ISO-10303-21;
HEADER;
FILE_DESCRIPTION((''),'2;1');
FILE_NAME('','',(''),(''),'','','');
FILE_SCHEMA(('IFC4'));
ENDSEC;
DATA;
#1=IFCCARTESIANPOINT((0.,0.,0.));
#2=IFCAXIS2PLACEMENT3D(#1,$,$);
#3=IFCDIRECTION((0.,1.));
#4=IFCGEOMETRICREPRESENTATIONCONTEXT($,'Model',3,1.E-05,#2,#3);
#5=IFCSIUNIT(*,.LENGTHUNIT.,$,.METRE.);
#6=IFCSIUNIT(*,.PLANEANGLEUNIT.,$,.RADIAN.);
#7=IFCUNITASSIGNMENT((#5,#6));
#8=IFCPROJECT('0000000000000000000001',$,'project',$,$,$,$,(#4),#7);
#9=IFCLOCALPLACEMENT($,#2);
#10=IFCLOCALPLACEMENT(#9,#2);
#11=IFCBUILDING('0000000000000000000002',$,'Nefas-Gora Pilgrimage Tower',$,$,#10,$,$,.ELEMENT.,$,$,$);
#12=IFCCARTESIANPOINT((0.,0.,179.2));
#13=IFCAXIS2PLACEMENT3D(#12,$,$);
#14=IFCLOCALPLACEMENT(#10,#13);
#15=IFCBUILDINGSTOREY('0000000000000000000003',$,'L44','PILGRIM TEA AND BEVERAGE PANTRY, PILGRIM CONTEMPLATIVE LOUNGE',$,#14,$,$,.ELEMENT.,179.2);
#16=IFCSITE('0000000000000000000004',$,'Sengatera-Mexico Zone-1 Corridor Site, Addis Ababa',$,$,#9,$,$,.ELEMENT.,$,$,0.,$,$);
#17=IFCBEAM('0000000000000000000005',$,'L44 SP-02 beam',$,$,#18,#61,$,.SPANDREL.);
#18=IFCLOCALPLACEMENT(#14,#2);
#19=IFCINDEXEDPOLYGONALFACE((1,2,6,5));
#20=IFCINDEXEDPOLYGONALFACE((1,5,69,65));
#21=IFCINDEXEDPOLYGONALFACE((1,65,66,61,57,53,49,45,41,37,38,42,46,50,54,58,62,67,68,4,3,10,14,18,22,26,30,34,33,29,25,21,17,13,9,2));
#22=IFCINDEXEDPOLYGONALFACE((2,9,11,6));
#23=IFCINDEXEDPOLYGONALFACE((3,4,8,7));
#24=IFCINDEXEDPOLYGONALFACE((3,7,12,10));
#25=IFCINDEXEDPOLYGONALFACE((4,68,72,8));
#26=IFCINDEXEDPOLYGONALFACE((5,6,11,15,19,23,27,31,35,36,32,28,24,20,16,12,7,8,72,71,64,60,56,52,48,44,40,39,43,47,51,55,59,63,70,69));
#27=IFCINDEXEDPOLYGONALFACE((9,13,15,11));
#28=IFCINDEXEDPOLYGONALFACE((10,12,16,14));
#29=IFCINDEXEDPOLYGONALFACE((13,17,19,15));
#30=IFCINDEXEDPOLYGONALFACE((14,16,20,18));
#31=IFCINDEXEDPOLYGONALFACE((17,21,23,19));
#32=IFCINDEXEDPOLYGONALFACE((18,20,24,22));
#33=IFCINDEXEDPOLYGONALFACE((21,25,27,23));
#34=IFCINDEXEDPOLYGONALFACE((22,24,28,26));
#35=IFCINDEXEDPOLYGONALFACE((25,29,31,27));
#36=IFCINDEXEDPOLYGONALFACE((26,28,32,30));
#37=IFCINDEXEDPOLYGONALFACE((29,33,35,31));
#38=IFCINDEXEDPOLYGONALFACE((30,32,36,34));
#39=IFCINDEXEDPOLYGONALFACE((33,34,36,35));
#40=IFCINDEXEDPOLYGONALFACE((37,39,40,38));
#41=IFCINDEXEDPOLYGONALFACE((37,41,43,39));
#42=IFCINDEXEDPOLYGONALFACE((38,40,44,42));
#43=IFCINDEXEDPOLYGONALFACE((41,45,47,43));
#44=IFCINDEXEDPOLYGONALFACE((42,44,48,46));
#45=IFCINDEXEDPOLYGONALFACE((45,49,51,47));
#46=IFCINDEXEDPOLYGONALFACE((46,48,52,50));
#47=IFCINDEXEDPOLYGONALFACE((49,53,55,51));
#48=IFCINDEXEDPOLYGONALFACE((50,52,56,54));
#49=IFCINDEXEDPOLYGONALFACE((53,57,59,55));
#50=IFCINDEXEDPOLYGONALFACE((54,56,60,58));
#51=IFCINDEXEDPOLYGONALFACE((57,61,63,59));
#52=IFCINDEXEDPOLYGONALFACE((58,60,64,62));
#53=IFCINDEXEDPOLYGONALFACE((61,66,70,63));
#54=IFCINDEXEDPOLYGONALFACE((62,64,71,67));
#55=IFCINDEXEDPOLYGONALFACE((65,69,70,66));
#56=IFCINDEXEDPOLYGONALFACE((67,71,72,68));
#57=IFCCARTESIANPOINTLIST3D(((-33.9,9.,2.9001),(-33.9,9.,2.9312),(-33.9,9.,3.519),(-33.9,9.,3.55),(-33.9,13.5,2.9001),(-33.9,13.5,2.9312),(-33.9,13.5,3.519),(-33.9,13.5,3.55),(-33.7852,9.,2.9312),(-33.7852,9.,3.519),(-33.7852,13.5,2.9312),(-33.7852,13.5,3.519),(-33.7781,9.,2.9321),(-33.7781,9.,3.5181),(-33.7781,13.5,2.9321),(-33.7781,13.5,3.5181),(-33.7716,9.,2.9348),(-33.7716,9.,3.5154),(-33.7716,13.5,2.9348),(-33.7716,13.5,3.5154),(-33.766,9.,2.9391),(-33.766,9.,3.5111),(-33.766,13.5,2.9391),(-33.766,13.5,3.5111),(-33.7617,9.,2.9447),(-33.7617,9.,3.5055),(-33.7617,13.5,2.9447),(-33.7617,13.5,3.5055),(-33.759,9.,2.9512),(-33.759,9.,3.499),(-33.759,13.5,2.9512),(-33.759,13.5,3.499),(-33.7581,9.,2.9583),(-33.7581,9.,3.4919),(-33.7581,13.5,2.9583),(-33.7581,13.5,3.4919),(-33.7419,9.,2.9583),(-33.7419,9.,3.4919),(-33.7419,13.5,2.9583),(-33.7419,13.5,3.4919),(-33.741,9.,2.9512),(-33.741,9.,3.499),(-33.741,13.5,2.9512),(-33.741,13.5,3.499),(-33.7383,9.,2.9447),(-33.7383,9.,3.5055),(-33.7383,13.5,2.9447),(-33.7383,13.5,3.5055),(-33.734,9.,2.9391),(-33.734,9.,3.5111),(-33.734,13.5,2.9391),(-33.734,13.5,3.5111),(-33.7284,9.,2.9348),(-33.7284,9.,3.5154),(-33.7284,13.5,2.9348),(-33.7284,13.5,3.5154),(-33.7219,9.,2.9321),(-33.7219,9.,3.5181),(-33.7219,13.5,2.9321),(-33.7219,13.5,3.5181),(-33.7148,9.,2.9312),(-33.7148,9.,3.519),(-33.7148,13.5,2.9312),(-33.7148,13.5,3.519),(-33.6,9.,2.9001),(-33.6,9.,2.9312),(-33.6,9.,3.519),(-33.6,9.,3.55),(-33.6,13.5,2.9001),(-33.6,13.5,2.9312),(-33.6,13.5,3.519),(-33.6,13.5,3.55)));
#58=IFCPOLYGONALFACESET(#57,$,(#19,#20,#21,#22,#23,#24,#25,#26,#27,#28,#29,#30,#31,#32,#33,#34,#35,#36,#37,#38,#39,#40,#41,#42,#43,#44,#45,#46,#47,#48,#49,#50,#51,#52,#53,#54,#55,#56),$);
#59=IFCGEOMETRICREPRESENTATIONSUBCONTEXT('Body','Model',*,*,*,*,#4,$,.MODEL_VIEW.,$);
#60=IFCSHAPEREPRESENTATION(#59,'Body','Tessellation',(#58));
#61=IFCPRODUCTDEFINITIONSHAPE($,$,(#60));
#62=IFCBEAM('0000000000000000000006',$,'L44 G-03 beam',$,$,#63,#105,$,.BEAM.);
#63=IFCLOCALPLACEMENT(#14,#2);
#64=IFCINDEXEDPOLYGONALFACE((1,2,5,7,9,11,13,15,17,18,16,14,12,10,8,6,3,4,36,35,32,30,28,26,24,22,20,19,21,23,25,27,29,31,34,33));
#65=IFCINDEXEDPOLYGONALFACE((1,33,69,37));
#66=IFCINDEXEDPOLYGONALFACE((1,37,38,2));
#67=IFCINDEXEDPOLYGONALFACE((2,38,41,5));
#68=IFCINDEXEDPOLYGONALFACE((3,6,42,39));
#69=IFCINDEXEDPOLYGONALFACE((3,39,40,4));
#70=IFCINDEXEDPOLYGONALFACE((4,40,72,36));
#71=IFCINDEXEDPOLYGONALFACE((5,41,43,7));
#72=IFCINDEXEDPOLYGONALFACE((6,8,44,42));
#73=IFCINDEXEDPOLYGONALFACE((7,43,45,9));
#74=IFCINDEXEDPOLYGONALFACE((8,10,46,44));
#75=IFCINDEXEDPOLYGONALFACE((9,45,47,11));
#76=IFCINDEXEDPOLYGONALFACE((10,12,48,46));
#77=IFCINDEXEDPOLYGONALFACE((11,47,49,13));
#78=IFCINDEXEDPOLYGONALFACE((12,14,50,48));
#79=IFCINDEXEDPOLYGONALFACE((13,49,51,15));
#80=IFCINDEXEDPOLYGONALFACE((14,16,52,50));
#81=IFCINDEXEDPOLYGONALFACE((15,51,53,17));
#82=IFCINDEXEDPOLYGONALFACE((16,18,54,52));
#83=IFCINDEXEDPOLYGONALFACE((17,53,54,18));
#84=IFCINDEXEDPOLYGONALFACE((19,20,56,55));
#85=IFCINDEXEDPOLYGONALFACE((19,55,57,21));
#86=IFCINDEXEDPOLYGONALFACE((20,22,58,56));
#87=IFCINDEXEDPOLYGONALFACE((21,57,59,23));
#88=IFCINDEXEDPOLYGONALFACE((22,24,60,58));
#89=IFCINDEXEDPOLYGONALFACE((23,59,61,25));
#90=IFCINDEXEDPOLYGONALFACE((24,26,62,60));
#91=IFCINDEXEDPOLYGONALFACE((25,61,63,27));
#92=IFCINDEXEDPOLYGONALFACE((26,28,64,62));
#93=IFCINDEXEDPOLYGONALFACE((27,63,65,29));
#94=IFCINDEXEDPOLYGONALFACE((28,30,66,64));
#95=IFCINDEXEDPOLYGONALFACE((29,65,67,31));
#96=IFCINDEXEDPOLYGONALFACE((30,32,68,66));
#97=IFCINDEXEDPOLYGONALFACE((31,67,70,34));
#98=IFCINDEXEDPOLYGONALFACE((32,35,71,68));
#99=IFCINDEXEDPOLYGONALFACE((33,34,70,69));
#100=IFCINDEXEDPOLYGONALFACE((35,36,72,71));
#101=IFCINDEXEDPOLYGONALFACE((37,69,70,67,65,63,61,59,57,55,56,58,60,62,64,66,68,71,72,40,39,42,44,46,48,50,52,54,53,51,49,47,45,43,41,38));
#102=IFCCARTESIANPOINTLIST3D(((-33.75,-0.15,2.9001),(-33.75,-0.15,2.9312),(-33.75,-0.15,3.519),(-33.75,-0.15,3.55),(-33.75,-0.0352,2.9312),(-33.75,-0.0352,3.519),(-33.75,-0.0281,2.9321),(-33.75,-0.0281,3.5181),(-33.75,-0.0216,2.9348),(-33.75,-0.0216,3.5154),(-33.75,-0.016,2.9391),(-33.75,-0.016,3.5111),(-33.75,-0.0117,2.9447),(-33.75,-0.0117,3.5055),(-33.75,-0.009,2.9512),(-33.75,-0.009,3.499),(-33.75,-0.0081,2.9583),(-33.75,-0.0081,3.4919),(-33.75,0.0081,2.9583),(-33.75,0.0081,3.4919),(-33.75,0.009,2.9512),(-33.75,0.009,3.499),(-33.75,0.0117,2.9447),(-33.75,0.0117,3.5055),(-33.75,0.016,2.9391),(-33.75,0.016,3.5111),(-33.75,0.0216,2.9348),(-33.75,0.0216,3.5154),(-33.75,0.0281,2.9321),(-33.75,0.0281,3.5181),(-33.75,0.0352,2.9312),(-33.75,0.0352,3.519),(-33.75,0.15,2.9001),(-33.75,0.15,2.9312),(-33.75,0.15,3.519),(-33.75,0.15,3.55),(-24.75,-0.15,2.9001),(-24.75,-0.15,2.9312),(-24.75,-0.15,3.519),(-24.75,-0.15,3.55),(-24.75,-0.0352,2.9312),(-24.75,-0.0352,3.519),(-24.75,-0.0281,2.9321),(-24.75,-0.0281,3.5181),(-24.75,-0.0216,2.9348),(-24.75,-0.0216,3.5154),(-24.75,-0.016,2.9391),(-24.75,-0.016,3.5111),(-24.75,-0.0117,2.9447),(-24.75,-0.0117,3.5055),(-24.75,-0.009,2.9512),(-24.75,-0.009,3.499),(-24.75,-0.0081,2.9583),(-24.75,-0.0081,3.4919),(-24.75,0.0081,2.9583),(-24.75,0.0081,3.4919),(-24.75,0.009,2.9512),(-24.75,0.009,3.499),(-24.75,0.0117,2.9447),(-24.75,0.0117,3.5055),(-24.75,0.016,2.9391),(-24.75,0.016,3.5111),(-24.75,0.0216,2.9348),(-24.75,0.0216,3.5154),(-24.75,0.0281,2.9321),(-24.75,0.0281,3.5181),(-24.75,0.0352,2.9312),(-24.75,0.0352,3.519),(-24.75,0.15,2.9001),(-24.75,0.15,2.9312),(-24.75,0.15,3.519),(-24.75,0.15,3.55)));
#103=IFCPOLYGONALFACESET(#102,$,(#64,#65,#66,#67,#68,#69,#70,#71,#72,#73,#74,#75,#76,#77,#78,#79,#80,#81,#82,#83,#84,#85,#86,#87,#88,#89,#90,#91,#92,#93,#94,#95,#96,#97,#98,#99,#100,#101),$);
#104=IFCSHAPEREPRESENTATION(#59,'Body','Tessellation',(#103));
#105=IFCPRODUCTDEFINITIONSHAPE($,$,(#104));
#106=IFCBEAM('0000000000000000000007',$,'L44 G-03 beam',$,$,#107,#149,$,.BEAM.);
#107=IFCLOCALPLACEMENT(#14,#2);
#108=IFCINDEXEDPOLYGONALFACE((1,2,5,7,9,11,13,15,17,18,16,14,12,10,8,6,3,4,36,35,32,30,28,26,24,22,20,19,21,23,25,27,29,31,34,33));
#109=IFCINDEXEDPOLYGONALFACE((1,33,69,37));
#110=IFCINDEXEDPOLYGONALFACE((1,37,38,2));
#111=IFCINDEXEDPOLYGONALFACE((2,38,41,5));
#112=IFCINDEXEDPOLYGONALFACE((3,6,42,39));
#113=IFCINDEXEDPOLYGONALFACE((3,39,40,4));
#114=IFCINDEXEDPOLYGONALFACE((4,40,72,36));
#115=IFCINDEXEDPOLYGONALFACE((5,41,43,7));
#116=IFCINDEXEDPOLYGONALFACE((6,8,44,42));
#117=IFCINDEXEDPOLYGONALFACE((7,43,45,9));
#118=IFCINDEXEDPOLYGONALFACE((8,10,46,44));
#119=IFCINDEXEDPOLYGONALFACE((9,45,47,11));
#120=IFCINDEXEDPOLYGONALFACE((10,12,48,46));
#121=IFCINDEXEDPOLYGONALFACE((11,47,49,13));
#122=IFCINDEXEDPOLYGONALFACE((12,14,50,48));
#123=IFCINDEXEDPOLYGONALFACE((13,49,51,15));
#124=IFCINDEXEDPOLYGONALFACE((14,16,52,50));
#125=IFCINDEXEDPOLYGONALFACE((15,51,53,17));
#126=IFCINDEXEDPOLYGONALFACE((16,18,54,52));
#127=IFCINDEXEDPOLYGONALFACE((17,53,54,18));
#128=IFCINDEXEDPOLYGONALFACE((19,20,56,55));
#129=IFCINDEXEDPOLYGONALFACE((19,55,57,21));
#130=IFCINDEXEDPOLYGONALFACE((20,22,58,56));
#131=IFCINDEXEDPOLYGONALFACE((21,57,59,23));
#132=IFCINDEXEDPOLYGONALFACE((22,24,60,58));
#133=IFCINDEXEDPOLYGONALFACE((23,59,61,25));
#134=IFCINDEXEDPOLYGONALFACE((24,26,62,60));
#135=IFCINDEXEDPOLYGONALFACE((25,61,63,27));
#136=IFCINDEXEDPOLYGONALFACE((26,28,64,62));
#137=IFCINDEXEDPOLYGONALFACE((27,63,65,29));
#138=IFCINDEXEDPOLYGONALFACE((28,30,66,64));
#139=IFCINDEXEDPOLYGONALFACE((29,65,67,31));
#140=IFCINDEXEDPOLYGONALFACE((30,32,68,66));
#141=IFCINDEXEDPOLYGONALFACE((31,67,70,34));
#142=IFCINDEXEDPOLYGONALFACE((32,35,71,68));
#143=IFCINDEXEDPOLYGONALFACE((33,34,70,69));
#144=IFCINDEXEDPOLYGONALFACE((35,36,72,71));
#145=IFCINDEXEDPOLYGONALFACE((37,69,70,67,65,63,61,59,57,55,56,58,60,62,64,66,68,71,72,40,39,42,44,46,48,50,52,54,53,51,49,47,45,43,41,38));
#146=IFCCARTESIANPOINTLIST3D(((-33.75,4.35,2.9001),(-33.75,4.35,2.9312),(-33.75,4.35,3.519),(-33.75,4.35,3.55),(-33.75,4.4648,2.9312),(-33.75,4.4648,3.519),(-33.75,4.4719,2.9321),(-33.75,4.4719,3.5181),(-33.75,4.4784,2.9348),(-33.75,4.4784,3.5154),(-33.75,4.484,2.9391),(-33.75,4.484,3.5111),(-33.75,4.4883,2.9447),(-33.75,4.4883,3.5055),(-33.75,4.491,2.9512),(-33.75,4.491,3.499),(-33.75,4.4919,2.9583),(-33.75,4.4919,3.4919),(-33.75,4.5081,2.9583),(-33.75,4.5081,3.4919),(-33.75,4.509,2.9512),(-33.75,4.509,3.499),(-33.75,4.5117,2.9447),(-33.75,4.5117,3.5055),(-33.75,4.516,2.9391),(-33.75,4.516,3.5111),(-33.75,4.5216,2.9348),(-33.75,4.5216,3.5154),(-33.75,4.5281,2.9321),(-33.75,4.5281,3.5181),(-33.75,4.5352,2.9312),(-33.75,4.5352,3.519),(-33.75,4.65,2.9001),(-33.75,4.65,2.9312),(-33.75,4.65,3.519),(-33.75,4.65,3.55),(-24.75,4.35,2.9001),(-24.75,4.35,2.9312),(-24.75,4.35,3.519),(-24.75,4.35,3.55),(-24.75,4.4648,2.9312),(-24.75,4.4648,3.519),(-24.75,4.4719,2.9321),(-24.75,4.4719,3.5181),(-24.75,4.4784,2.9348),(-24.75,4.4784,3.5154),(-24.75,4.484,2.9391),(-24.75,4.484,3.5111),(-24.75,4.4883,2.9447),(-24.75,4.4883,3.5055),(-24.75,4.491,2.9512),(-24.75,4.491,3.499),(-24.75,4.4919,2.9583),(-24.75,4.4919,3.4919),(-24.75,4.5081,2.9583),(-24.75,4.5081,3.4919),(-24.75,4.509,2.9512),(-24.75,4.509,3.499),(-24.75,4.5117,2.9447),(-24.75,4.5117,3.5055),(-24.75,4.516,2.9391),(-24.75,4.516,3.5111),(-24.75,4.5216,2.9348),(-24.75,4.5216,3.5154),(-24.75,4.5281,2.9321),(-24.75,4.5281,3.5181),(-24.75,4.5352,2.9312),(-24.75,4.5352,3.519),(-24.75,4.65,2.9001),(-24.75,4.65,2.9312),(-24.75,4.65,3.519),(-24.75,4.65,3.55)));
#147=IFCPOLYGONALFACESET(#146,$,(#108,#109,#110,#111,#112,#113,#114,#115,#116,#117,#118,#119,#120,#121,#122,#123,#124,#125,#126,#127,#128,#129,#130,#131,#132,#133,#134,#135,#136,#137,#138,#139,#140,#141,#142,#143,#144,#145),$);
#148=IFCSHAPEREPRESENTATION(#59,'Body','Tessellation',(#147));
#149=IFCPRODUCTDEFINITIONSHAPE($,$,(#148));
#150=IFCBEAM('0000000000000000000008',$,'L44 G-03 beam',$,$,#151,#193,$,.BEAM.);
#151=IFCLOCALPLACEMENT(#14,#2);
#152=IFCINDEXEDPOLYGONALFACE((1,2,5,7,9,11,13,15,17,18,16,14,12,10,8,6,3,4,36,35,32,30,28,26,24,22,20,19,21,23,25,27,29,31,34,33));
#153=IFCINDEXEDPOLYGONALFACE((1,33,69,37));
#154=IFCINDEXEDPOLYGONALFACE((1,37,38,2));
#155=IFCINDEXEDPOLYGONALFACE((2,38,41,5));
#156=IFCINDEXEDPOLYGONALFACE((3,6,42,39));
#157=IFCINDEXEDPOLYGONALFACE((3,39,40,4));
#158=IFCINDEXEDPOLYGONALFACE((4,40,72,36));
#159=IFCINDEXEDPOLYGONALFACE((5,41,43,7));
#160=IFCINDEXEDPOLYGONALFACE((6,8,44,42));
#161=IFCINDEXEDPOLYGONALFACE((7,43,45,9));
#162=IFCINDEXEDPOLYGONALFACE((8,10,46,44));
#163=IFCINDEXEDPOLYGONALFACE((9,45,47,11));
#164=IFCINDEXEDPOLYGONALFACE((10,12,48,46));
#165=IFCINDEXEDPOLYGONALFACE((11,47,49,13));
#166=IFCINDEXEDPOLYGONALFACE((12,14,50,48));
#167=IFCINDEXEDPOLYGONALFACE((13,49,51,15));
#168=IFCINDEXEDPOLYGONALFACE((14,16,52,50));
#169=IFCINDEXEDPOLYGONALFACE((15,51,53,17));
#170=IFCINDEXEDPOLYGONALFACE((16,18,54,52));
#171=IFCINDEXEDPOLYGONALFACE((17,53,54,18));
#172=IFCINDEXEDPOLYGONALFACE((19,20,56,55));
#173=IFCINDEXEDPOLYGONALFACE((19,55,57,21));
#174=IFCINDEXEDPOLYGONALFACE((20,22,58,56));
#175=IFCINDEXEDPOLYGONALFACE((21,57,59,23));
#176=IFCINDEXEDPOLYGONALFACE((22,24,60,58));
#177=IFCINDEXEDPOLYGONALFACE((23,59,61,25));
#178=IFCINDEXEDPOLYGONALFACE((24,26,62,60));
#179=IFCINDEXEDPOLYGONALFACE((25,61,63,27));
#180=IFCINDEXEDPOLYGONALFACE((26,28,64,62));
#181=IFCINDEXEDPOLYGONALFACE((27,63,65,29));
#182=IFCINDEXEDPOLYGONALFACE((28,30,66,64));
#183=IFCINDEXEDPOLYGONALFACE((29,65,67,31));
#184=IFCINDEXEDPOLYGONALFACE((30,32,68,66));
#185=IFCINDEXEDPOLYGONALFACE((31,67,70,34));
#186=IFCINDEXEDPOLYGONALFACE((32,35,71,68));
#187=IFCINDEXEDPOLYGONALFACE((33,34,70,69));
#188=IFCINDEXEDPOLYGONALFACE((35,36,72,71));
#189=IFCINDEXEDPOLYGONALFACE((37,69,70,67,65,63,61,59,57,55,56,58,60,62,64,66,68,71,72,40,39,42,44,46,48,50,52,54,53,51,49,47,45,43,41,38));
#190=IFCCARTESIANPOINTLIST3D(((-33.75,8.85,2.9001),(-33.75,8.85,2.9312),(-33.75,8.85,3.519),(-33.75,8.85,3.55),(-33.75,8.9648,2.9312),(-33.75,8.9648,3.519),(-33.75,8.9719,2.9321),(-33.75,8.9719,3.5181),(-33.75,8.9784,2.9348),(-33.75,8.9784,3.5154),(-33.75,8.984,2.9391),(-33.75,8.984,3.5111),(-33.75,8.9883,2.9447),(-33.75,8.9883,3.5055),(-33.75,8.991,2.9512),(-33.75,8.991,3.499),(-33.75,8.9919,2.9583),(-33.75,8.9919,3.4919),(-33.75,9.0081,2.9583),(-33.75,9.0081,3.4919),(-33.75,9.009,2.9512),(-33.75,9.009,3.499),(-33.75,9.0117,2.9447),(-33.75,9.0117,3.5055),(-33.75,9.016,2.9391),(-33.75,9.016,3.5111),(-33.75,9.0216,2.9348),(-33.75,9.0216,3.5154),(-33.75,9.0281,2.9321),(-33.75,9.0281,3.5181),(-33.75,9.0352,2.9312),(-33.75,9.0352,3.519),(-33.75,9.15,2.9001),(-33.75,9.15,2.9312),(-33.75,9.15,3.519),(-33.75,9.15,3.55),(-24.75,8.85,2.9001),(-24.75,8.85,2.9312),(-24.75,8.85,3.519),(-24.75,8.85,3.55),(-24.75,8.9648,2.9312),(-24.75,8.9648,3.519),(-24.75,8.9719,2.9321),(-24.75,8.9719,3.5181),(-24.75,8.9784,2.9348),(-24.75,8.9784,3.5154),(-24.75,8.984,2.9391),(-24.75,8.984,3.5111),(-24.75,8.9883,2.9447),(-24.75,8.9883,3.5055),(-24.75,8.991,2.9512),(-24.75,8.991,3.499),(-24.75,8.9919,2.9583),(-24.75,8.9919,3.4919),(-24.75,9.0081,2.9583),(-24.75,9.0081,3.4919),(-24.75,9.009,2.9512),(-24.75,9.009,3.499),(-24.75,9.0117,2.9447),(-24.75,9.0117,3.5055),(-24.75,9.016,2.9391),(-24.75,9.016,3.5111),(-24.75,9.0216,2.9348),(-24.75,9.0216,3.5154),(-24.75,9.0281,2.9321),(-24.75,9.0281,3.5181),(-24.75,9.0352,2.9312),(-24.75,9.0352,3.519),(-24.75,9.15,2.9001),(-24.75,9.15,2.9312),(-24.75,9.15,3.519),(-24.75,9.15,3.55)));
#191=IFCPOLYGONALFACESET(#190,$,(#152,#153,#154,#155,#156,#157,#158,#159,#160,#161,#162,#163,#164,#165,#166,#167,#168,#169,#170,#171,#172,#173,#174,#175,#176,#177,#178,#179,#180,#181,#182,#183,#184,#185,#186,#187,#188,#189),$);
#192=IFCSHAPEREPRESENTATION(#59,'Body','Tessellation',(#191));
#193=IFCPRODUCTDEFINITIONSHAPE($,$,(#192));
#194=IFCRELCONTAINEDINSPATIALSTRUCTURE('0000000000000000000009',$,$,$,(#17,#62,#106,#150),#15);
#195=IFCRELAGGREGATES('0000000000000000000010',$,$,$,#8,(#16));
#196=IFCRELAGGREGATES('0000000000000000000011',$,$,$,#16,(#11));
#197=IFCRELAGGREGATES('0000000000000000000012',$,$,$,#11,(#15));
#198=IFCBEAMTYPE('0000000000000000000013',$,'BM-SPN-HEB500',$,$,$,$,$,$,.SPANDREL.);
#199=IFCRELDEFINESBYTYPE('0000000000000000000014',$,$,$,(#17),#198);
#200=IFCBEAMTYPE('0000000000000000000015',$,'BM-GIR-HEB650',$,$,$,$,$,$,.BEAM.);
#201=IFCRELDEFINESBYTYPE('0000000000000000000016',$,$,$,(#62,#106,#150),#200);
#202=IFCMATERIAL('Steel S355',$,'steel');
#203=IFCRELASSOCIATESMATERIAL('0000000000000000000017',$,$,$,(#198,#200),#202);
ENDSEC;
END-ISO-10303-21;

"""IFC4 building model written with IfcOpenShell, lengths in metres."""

from ifc_helpers import new_model, si_unit, direction, frame, origin, origin_2d, place, context, subcontext, project, spatial, i_section, extrude, source, transform, mapped, material, material_profile, profile_set, type_object, element, save


model = new_model("IFC4")

# Units and contexts
model_context = context("Model", 3, precision=1e-05, world=origin(), true_north=direction((0.0, 1.0)))
body_context = subcontext(model_context, "Body", "Model", "MODEL_VIEW")
ifc_project = project(units=[si_unit("LENGTHUNIT", "METRE"), si_unit("PLANEANGLEUNIT", "RADIAN")], contexts=[model_context])

# Site, building, storey
site_placement = place(None, origin())
site = spatial("IfcSite", under=ifc_project, at=site_placement, Name="Sengatera-Mexico Zone-1 Corridor Site, Addis Ababa", CompositionType="ELEMENT", RefElevation=0.0)
building_placement = place(site_placement, origin())
building = spatial("IfcBuilding", under=site, at=building_placement, Name="Nefas-Gora Pilgrimage Tower", CompositionType="ELEMENT")
storey_placement = place(building_placement, frame((0.0, 0.0, 179.2)))
storey = spatial("IfcBuildingStorey", under=building, at=storey_placement, Name="L44", Description="PILGRIM TEA AND BEVERAGE PANTRY, PILGRIM CONTEMPLATIVE LOUNGE", CompositionType="ELEMENT", Elevation=179.2)

# Beams
ifc_material_1 = material(Name="Steel S355", Category="steel")
ifc_material_profile_1 = material_profile(ifc_material_1, i_section(OverallWidth=0.3, OverallDepth=0.6499, WebThickness=0.0161, FlangeThickness=0.031, FilletRadius=0.0271, at=origin_2d()), Name="HEB 650")
ifc_profile_set_1 = profile_set([ifc_material_profile_1], Name="Steel S355")
beam_type_1 = type_object("IfcBeamType", Name="BM-SPN-HEB500", PredefinedType="SPANDREL", material=ifc_profile_set_1)
shared_shape_1 = source(origin(), body_context, "Body", "SweptSolid", [
    extrude(i_section(OverallWidth=0.3, OverallDepth=0.6499, WebThickness=0.0161, FlangeThickness=0.031, FilletRadius=0.0271, at=origin_2d()), origin(), (0.0, 0.0, 1.0), 4.5),
])
for number, where, z_axis, x_axis, name in (
    (1, (-33.75, 9.0, 3.2251), (0.0, 1.0, 0.0), (-1.0, 0.0, 0.0), "L44 SP-02 beam"),
):
    element("IfcBeam", number, at=place(storey_placement, frame(where, z_axis=z_axis, x_axis=x_axis)), inside=storey, type_object=beam_type_1, Name=name, PredefinedType="SPANDREL", context=body_context, shape_type="MappedRepresentation", body=[
        mapped(shared_shape_1, transform((0.0, 0.0, 0.0), x_axis=(1.0, 0.0, 0.0), y_axis=(0.0, 1.0, 0.0), z_axis=(0.0, 0.0, 1.0), scale=1.0)),
    ])
ifc_material_profile_2 = material_profile(ifc_material_1, i_section(OverallWidth=0.3, OverallDepth=0.6499, WebThickness=0.0161, FlangeThickness=0.031, FilletRadius=0.0271, at=origin_2d()), Name="HEB 650")
ifc_profile_set_2 = profile_set([ifc_material_profile_2], Name="Steel S355")
beam_type_2 = type_object("IfcBeamType", Name="BM-GIR-HEB650", PredefinedType="BEAM", material=ifc_profile_set_2)
shared_shape_2 = source(origin(), body_context, "Body", "SweptSolid", [
    extrude(i_section(OverallWidth=0.3, OverallDepth=0.6499, WebThickness=0.0161, FlangeThickness=0.031, FilletRadius=0.0271, at=origin_2d()), origin(), (0.0, 0.0, 1.0), 9.0),
])
for number, where, z_axis, x_axis, name in (
    (2, (-33.75, 0.0, 3.2251), (1.0, 0.0, 0.0), (0.0, 1.0, 0.0), "L44 G-03 beam"),
    (3, (-33.75, 4.5, 3.2251), (1.0, 0.0, 0.0), (0.0, 1.0, 0.0), "L44 G-03 beam"),
    (4, (-33.75, 9.0, 3.2251), (1.0, 0.0, 0.0), (0.0, 1.0, 0.0), "L44 G-03 beam"),
):
    element("IfcBeam", number, at=place(storey_placement, frame(where, z_axis=z_axis, x_axis=x_axis)), inside=storey, type_object=beam_type_2, Name=name, PredefinedType="BEAM", context=body_context, shape_type="MappedRepresentation", body=[
        mapped(shared_shape_2, transform((0.0, 0.0, 0.0), x_axis=(1.0, 0.0, 0.0), y_axis=(0.0, 1.0, 0.0), z_axis=(0.0, 0.0, 1.0), scale=1.0)),
    ])

save(model, "model.ifc")
